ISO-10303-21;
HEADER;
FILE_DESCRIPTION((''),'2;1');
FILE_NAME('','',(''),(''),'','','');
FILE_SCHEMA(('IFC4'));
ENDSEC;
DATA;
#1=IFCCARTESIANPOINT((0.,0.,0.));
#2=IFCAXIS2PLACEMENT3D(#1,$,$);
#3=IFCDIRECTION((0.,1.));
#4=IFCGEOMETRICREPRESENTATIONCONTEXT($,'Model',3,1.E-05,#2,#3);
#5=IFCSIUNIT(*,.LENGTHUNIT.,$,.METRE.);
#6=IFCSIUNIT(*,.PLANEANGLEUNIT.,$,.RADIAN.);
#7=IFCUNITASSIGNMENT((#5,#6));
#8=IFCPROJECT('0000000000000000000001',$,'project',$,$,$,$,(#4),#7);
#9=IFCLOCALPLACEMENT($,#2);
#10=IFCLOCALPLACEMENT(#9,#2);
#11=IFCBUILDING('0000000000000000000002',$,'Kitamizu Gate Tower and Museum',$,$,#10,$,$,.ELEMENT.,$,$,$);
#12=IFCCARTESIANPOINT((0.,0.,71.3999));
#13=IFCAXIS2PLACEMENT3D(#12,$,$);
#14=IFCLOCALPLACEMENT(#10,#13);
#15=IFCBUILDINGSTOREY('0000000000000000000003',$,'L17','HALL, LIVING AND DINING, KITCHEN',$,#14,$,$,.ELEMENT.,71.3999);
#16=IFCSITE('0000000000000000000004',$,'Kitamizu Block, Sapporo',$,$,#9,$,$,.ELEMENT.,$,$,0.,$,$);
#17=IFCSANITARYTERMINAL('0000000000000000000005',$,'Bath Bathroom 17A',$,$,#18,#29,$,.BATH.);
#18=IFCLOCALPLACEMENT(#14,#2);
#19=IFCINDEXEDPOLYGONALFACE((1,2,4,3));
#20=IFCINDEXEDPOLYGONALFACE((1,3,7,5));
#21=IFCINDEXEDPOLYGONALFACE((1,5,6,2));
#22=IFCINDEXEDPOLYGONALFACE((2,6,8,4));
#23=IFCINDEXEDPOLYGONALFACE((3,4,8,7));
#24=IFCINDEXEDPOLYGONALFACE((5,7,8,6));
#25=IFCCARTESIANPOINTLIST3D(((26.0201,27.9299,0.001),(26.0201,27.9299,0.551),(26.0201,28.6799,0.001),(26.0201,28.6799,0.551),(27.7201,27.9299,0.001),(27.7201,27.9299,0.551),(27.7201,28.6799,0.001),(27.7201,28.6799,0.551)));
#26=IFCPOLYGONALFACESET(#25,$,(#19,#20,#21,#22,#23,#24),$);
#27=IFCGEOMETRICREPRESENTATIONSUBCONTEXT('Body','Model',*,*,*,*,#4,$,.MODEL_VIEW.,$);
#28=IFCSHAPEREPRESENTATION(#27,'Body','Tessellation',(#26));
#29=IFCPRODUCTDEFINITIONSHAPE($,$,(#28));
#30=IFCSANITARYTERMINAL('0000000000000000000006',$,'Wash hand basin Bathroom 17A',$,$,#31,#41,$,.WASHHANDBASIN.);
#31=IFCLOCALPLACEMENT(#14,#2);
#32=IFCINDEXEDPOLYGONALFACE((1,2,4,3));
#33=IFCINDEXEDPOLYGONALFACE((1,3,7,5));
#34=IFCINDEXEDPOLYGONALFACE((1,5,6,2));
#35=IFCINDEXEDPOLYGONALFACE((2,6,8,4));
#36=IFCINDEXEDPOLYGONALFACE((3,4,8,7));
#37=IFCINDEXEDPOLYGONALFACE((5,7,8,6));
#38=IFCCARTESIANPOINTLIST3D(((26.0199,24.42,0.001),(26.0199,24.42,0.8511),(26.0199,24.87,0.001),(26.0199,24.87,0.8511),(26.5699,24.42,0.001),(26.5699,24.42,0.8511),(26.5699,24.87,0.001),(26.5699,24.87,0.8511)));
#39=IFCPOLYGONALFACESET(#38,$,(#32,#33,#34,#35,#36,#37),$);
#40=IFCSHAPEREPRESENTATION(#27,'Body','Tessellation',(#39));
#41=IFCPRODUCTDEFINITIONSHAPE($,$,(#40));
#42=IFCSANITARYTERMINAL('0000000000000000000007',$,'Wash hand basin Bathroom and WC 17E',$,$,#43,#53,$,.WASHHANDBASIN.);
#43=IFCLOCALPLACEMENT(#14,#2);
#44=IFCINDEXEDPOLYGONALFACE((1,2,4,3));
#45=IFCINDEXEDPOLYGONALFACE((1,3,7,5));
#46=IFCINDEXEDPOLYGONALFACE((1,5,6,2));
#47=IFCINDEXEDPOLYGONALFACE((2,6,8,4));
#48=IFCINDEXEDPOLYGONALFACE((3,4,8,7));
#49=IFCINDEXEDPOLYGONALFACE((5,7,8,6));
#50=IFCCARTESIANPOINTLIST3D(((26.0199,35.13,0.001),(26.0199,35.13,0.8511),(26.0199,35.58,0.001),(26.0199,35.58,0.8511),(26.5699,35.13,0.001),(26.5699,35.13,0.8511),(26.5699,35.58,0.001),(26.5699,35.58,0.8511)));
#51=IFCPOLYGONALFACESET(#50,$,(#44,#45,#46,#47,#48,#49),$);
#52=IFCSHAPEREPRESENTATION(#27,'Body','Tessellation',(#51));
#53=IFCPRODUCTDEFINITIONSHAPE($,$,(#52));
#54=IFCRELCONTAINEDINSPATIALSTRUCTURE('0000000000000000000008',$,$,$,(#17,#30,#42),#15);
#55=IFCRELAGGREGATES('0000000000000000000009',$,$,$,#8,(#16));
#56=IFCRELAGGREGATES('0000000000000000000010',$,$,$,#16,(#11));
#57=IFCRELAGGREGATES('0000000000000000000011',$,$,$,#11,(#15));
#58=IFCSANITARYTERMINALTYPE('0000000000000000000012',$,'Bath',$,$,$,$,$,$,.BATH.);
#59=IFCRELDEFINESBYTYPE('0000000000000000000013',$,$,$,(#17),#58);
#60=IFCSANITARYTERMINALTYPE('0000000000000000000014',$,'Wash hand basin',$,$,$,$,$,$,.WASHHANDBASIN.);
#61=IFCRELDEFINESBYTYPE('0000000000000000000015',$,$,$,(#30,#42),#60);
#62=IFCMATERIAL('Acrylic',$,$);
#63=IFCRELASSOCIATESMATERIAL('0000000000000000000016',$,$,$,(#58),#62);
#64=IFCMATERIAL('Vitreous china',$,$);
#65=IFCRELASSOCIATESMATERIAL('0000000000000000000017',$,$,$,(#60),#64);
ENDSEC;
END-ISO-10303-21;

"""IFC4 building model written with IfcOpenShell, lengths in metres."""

from ifc_helpers import new_model, si_unit, direction, frame, origin, origin_2d, place, context, subcontext, project, spatial, rectangle, extrude, material, type_object, element, save


model = new_model("IFC4")

# Units and contexts
model_context = context("Model", 3, precision=1e-05, world=origin(), true_north=direction((0.0, 1.0)))
body_context = subcontext(model_context, "Body", "Model", "MODEL_VIEW")
ifc_project = project(units=[si_unit("LENGTHUNIT", "METRE"), si_unit("PLANEANGLEUNIT", "RADIAN")], contexts=[model_context])

# Site, building, storey
site_placement = place(None, origin())
site = spatial("IfcSite", under=ifc_project, at=site_placement, Name="Kitamizu Block, Sapporo", CompositionType="ELEMENT", RefElevation=0.0)
building_placement = place(site_placement, origin())
building = spatial("IfcBuilding", under=site, at=building_placement, Name="Kitamizu Gate Tower and Museum", CompositionType="ELEMENT")
storey_placement = place(building_placement, frame((0.0, 0.0, 71.3999)))
storey = spatial("IfcBuildingStorey", under=building, at=storey_placement, Name="L17", Description="HALL, LIVING AND DINING, KITCHEN", CompositionType="ELEMENT", Elevation=71.3999)

# Sanitary terminals
ifc_material_1 = material(Name="Acrylic")
sanitary_terminal_type_1 = type_object("IfcSanitaryTerminalType", Name="Bath", PredefinedType="BATH", material=ifc_material_1)
sanitary_terminal_placement = place(storey_placement, frame((26.8701, 28.3049, 0.001), z_axis=(0.0, 0.0, 1.0), x_axis=(1.0, 0.0, 0.0)))
element("IfcSanitaryTerminal", 1, at=sanitary_terminal_placement, inside=storey, type_object=sanitary_terminal_type_1, Name="Bath Bathroom 17A", PredefinedType="BATH", context=body_context, shape_type="SweptSolid", body=[
    extrude(rectangle(XDim=1.7, YDim=0.75, at=origin_2d()), origin(), (0.0, 0.0, 1.0), 0.55),
])
ifc_material_2 = material(Name="Vitreous china")
sanitary_terminal_type_2 = type_object("IfcSanitaryTerminalType", Name="Wash hand basin", PredefinedType="WASHHANDBASIN", material=ifc_material_2)
for number, where, z_axis, x_axis, name in (
    (2, (26.2949, 24.645, 0.001), (0.0, 0.0, 1.0), (1.0, 0.0, 0.0), "Wash hand basin Bathroom 17A"),
    (3, (26.2949, 35.355, 0.001), (0.0, 0.0, 1.0), (1.0, 0.0, 0.0), "Wash hand basin Bathroom and WC 17E"),
):
    element("IfcSanitaryTerminal", number, at=place(storey_placement, frame(where, z_axis=z_axis, x_axis=x_axis)), inside=storey, type_object=sanitary_terminal_type_2, Name=name, PredefinedType="WASHHANDBASIN", context=body_context, shape_type="SweptSolid", body=[
        extrude(rectangle(XDim=0.55, YDim=0.45, at=origin_2d()), origin(), (0.0, 0.0, 1.0), 0.8501),
    ])

save(model, "model.ifc")
